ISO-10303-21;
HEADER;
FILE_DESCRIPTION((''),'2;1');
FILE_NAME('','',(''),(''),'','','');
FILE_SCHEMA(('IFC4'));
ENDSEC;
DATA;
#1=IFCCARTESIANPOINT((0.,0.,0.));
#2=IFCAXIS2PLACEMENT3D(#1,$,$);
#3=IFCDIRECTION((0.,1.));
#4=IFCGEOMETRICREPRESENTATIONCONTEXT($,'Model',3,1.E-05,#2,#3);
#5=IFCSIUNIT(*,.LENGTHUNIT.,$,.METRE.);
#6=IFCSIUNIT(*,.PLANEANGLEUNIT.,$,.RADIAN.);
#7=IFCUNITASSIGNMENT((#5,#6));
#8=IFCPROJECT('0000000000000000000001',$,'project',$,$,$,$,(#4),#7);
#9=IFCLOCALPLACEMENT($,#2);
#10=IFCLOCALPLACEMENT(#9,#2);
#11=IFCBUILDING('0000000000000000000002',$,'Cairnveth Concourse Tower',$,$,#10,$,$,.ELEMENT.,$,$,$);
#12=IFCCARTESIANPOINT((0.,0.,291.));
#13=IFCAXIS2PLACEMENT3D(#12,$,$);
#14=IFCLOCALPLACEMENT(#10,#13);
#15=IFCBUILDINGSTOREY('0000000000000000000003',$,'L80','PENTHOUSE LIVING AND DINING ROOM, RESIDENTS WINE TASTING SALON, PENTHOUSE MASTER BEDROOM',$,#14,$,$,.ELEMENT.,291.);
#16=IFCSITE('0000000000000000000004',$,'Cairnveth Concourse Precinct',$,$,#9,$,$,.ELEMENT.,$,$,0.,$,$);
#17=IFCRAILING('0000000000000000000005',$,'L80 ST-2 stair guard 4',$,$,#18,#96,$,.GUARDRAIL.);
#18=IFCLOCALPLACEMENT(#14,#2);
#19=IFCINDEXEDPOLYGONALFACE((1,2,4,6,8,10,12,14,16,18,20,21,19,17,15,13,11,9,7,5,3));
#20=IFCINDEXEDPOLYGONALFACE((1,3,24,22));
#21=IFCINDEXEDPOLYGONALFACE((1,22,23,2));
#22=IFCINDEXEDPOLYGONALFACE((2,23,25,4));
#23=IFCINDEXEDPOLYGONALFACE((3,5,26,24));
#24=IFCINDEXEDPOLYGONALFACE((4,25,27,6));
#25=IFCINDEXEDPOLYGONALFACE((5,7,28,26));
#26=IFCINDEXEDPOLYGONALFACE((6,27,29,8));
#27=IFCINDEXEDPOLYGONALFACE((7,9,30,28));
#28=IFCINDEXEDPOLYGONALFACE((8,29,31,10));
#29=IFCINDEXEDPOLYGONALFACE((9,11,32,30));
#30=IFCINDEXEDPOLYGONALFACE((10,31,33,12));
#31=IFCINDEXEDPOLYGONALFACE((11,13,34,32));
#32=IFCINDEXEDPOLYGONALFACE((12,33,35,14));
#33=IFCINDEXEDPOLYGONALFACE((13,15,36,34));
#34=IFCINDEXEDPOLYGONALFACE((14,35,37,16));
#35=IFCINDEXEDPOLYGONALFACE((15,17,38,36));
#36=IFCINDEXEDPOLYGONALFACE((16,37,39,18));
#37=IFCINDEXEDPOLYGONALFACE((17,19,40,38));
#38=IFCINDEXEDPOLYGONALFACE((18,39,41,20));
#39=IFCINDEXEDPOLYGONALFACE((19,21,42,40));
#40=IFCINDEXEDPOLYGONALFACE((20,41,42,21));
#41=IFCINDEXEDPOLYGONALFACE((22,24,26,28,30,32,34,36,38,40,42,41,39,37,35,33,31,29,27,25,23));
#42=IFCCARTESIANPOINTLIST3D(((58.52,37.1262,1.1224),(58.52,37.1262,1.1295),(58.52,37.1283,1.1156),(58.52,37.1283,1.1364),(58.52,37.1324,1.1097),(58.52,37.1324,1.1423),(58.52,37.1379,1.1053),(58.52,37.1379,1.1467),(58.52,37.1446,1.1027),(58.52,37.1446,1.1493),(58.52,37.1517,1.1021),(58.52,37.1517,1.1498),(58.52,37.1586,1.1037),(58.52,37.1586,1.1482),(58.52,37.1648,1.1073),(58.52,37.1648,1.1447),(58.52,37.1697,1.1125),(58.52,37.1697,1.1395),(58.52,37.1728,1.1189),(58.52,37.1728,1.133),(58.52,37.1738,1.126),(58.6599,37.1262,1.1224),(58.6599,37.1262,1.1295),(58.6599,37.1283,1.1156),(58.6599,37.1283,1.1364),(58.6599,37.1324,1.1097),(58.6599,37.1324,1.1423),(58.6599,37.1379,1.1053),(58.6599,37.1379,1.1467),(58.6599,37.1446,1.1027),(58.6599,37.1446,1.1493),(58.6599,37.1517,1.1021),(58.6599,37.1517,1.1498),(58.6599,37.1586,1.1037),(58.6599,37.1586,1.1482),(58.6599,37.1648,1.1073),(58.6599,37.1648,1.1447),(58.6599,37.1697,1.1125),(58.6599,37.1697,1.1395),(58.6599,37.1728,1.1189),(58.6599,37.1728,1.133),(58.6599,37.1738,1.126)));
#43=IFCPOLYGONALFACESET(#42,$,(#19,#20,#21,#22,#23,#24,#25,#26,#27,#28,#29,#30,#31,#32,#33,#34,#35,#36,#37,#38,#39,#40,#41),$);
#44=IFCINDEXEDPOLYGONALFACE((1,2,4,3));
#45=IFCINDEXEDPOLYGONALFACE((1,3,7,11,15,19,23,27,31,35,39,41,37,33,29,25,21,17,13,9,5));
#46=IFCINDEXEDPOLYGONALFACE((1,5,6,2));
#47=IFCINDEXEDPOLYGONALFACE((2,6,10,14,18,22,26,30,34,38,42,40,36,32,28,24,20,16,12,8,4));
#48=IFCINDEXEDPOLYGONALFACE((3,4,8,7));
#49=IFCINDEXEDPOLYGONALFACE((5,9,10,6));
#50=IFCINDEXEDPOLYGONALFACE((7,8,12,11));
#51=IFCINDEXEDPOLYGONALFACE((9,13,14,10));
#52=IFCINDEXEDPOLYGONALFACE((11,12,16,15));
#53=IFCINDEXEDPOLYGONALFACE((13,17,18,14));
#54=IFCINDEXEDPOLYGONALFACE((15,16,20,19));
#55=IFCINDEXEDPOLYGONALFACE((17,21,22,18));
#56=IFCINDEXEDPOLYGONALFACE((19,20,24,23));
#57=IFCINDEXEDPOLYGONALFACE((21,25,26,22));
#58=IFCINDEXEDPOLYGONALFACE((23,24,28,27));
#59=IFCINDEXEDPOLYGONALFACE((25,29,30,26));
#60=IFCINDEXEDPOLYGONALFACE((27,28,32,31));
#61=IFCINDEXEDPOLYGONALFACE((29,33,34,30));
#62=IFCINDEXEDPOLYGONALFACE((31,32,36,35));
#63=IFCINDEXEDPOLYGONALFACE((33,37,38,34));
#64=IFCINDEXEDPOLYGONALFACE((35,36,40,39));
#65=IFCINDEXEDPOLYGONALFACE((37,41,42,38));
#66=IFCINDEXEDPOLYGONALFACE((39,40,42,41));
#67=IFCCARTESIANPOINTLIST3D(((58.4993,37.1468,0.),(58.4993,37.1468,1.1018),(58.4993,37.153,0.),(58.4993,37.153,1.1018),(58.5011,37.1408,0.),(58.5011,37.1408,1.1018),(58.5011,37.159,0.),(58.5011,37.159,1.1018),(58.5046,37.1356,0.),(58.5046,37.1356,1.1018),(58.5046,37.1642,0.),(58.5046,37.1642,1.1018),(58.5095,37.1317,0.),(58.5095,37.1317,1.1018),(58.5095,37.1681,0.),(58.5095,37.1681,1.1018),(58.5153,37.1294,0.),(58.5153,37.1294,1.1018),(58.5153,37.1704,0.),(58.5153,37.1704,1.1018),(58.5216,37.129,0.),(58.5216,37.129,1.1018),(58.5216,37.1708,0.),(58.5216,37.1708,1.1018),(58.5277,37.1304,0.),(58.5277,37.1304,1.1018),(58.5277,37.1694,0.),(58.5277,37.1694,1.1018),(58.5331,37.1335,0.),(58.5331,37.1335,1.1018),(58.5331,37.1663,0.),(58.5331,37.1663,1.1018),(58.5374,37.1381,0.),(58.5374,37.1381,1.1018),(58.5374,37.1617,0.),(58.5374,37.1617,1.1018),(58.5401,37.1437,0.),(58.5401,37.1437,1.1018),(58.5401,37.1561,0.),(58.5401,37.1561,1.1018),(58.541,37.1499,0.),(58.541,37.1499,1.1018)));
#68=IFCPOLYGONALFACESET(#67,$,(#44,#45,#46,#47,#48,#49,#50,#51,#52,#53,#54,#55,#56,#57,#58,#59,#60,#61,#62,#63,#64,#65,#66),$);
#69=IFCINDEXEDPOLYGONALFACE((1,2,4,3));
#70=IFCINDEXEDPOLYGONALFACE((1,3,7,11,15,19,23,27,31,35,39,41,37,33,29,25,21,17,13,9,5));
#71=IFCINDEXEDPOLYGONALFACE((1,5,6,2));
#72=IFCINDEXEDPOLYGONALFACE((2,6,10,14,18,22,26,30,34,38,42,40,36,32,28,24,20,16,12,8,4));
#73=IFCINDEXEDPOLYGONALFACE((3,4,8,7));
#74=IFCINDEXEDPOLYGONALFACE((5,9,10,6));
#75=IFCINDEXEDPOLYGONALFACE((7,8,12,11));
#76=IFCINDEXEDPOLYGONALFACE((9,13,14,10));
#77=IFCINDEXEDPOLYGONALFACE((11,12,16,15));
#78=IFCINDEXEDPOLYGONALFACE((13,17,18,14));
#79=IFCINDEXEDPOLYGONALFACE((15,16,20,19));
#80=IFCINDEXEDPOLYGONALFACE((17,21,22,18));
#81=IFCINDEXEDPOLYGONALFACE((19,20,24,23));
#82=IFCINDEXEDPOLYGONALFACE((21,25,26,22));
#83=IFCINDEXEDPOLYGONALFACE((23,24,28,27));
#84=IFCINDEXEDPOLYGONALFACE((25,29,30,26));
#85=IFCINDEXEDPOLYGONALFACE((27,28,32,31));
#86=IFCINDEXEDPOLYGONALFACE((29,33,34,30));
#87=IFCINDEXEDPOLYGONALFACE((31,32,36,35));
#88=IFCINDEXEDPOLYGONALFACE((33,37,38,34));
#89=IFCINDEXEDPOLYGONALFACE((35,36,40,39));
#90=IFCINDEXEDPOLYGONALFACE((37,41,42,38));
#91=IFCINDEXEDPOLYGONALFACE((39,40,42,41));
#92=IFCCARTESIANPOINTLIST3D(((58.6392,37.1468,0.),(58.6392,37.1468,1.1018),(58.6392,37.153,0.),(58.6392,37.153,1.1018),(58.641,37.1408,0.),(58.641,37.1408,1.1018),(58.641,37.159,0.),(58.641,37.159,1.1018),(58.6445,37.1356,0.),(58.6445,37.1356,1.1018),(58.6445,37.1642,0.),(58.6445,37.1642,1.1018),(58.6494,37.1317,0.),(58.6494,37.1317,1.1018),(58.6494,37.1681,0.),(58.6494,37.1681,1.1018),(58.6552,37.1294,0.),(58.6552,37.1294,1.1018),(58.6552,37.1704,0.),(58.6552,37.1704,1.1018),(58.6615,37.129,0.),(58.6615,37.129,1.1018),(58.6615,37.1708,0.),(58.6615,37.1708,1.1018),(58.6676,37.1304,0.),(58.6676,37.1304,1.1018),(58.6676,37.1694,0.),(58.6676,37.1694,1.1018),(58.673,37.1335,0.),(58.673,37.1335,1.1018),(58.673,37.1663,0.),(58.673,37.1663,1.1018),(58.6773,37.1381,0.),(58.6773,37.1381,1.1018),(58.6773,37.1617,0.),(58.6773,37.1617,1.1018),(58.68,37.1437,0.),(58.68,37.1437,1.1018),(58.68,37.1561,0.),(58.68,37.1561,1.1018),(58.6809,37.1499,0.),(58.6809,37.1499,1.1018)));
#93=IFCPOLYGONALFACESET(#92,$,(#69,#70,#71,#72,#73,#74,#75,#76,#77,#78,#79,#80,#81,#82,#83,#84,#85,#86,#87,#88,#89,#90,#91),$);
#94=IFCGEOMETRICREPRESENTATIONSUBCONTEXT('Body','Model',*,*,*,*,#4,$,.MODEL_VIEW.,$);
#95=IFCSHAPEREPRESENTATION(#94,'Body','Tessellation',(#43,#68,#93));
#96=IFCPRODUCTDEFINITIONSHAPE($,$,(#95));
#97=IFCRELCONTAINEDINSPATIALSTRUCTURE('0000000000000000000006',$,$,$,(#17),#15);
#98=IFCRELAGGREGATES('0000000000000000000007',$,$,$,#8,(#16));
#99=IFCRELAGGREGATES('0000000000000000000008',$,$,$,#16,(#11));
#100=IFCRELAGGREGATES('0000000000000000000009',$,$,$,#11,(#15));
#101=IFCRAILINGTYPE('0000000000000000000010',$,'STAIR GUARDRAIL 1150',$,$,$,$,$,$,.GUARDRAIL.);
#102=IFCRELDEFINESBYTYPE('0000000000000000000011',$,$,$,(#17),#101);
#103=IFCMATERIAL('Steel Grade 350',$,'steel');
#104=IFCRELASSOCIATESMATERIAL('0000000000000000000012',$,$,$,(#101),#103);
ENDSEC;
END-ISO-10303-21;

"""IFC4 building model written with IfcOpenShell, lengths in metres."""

from ifc_helpers import new_model, si_unit, direction, frame, origin, origin_2d, place, context, subcontext, project, spatial, circle, extrude, material, type_object, element, save


model = new_model("IFC4")

# Units and contexts
model_context = context("Model", 3, precision=1e-05, world=origin(), true_north=direction((0.0, 1.0)))
body_context = subcontext(model_context, "Body", "Model", "MODEL_VIEW")
ifc_project = project(units=[si_unit("LENGTHUNIT", "METRE"), si_unit("PLANEANGLEUNIT", "RADIAN")], contexts=[model_context])

# Site, building, storey
site_placement = place(None, origin())
site = spatial("IfcSite", under=ifc_project, at=site_placement, Name="Cairnveth Concourse Precinct", CompositionType="ELEMENT", RefElevation=0.0)
building_placement = place(site_placement, origin())
building = spatial("IfcBuilding", under=site, at=building_placement, Name="Cairnveth Concourse Tower", CompositionType="ELEMENT")
storey_placement = place(building_placement, frame((0.0, 0.0, 291.0)))
storey = spatial("IfcBuildingStorey", under=building, at=storey_placement, Name="L80", Description="PENTHOUSE LIVING AND DINING ROOM, RESIDENTS WINE TASTING SALON, PENTHOUSE MASTER BEDROOM", CompositionType="ELEMENT", Elevation=291.0)

# Shared definitions
ifc_material_1 = material(Name="Steel Grade 350", Category="steel")

# Railing
railing_type_1 = type_object("IfcRailingType", Name="STAIR GUARDRAIL 1150", PredefinedType="GUARDRAIL", material=ifc_material_1)
railing_1_placement = place(storey_placement, frame((58.52, 37.1499, 0.0)))
element("IfcRailing", 1, at=railing_1_placement, inside=storey, type_object=railing_type_1, Name="L80 ST-2 stair guard 4", PredefinedType="GUARDRAIL", context=body_context, shape_type="SweptSolid", body=[
    extrude(circle(Radius=0.0239, at=origin_2d()), frame((0.0, 0.0, 1.126), z_axis=(1.0, 0.0, 0.0), x_axis=(0.0, 1.0, 0.0)), (0.0, 0.0, 1.0), 0.1399),
    extrude(circle(Radius=0.021, at=origin_2d()), origin(), (0.0, 0.0, 1.0), 1.1018),
    extrude(circle(Radius=0.021, at=origin_2d()), frame((0.1399, 0.0, 0.0)), (0.0, 0.0, 1.0), 1.1018),
])

save(model, "model.ifc")
